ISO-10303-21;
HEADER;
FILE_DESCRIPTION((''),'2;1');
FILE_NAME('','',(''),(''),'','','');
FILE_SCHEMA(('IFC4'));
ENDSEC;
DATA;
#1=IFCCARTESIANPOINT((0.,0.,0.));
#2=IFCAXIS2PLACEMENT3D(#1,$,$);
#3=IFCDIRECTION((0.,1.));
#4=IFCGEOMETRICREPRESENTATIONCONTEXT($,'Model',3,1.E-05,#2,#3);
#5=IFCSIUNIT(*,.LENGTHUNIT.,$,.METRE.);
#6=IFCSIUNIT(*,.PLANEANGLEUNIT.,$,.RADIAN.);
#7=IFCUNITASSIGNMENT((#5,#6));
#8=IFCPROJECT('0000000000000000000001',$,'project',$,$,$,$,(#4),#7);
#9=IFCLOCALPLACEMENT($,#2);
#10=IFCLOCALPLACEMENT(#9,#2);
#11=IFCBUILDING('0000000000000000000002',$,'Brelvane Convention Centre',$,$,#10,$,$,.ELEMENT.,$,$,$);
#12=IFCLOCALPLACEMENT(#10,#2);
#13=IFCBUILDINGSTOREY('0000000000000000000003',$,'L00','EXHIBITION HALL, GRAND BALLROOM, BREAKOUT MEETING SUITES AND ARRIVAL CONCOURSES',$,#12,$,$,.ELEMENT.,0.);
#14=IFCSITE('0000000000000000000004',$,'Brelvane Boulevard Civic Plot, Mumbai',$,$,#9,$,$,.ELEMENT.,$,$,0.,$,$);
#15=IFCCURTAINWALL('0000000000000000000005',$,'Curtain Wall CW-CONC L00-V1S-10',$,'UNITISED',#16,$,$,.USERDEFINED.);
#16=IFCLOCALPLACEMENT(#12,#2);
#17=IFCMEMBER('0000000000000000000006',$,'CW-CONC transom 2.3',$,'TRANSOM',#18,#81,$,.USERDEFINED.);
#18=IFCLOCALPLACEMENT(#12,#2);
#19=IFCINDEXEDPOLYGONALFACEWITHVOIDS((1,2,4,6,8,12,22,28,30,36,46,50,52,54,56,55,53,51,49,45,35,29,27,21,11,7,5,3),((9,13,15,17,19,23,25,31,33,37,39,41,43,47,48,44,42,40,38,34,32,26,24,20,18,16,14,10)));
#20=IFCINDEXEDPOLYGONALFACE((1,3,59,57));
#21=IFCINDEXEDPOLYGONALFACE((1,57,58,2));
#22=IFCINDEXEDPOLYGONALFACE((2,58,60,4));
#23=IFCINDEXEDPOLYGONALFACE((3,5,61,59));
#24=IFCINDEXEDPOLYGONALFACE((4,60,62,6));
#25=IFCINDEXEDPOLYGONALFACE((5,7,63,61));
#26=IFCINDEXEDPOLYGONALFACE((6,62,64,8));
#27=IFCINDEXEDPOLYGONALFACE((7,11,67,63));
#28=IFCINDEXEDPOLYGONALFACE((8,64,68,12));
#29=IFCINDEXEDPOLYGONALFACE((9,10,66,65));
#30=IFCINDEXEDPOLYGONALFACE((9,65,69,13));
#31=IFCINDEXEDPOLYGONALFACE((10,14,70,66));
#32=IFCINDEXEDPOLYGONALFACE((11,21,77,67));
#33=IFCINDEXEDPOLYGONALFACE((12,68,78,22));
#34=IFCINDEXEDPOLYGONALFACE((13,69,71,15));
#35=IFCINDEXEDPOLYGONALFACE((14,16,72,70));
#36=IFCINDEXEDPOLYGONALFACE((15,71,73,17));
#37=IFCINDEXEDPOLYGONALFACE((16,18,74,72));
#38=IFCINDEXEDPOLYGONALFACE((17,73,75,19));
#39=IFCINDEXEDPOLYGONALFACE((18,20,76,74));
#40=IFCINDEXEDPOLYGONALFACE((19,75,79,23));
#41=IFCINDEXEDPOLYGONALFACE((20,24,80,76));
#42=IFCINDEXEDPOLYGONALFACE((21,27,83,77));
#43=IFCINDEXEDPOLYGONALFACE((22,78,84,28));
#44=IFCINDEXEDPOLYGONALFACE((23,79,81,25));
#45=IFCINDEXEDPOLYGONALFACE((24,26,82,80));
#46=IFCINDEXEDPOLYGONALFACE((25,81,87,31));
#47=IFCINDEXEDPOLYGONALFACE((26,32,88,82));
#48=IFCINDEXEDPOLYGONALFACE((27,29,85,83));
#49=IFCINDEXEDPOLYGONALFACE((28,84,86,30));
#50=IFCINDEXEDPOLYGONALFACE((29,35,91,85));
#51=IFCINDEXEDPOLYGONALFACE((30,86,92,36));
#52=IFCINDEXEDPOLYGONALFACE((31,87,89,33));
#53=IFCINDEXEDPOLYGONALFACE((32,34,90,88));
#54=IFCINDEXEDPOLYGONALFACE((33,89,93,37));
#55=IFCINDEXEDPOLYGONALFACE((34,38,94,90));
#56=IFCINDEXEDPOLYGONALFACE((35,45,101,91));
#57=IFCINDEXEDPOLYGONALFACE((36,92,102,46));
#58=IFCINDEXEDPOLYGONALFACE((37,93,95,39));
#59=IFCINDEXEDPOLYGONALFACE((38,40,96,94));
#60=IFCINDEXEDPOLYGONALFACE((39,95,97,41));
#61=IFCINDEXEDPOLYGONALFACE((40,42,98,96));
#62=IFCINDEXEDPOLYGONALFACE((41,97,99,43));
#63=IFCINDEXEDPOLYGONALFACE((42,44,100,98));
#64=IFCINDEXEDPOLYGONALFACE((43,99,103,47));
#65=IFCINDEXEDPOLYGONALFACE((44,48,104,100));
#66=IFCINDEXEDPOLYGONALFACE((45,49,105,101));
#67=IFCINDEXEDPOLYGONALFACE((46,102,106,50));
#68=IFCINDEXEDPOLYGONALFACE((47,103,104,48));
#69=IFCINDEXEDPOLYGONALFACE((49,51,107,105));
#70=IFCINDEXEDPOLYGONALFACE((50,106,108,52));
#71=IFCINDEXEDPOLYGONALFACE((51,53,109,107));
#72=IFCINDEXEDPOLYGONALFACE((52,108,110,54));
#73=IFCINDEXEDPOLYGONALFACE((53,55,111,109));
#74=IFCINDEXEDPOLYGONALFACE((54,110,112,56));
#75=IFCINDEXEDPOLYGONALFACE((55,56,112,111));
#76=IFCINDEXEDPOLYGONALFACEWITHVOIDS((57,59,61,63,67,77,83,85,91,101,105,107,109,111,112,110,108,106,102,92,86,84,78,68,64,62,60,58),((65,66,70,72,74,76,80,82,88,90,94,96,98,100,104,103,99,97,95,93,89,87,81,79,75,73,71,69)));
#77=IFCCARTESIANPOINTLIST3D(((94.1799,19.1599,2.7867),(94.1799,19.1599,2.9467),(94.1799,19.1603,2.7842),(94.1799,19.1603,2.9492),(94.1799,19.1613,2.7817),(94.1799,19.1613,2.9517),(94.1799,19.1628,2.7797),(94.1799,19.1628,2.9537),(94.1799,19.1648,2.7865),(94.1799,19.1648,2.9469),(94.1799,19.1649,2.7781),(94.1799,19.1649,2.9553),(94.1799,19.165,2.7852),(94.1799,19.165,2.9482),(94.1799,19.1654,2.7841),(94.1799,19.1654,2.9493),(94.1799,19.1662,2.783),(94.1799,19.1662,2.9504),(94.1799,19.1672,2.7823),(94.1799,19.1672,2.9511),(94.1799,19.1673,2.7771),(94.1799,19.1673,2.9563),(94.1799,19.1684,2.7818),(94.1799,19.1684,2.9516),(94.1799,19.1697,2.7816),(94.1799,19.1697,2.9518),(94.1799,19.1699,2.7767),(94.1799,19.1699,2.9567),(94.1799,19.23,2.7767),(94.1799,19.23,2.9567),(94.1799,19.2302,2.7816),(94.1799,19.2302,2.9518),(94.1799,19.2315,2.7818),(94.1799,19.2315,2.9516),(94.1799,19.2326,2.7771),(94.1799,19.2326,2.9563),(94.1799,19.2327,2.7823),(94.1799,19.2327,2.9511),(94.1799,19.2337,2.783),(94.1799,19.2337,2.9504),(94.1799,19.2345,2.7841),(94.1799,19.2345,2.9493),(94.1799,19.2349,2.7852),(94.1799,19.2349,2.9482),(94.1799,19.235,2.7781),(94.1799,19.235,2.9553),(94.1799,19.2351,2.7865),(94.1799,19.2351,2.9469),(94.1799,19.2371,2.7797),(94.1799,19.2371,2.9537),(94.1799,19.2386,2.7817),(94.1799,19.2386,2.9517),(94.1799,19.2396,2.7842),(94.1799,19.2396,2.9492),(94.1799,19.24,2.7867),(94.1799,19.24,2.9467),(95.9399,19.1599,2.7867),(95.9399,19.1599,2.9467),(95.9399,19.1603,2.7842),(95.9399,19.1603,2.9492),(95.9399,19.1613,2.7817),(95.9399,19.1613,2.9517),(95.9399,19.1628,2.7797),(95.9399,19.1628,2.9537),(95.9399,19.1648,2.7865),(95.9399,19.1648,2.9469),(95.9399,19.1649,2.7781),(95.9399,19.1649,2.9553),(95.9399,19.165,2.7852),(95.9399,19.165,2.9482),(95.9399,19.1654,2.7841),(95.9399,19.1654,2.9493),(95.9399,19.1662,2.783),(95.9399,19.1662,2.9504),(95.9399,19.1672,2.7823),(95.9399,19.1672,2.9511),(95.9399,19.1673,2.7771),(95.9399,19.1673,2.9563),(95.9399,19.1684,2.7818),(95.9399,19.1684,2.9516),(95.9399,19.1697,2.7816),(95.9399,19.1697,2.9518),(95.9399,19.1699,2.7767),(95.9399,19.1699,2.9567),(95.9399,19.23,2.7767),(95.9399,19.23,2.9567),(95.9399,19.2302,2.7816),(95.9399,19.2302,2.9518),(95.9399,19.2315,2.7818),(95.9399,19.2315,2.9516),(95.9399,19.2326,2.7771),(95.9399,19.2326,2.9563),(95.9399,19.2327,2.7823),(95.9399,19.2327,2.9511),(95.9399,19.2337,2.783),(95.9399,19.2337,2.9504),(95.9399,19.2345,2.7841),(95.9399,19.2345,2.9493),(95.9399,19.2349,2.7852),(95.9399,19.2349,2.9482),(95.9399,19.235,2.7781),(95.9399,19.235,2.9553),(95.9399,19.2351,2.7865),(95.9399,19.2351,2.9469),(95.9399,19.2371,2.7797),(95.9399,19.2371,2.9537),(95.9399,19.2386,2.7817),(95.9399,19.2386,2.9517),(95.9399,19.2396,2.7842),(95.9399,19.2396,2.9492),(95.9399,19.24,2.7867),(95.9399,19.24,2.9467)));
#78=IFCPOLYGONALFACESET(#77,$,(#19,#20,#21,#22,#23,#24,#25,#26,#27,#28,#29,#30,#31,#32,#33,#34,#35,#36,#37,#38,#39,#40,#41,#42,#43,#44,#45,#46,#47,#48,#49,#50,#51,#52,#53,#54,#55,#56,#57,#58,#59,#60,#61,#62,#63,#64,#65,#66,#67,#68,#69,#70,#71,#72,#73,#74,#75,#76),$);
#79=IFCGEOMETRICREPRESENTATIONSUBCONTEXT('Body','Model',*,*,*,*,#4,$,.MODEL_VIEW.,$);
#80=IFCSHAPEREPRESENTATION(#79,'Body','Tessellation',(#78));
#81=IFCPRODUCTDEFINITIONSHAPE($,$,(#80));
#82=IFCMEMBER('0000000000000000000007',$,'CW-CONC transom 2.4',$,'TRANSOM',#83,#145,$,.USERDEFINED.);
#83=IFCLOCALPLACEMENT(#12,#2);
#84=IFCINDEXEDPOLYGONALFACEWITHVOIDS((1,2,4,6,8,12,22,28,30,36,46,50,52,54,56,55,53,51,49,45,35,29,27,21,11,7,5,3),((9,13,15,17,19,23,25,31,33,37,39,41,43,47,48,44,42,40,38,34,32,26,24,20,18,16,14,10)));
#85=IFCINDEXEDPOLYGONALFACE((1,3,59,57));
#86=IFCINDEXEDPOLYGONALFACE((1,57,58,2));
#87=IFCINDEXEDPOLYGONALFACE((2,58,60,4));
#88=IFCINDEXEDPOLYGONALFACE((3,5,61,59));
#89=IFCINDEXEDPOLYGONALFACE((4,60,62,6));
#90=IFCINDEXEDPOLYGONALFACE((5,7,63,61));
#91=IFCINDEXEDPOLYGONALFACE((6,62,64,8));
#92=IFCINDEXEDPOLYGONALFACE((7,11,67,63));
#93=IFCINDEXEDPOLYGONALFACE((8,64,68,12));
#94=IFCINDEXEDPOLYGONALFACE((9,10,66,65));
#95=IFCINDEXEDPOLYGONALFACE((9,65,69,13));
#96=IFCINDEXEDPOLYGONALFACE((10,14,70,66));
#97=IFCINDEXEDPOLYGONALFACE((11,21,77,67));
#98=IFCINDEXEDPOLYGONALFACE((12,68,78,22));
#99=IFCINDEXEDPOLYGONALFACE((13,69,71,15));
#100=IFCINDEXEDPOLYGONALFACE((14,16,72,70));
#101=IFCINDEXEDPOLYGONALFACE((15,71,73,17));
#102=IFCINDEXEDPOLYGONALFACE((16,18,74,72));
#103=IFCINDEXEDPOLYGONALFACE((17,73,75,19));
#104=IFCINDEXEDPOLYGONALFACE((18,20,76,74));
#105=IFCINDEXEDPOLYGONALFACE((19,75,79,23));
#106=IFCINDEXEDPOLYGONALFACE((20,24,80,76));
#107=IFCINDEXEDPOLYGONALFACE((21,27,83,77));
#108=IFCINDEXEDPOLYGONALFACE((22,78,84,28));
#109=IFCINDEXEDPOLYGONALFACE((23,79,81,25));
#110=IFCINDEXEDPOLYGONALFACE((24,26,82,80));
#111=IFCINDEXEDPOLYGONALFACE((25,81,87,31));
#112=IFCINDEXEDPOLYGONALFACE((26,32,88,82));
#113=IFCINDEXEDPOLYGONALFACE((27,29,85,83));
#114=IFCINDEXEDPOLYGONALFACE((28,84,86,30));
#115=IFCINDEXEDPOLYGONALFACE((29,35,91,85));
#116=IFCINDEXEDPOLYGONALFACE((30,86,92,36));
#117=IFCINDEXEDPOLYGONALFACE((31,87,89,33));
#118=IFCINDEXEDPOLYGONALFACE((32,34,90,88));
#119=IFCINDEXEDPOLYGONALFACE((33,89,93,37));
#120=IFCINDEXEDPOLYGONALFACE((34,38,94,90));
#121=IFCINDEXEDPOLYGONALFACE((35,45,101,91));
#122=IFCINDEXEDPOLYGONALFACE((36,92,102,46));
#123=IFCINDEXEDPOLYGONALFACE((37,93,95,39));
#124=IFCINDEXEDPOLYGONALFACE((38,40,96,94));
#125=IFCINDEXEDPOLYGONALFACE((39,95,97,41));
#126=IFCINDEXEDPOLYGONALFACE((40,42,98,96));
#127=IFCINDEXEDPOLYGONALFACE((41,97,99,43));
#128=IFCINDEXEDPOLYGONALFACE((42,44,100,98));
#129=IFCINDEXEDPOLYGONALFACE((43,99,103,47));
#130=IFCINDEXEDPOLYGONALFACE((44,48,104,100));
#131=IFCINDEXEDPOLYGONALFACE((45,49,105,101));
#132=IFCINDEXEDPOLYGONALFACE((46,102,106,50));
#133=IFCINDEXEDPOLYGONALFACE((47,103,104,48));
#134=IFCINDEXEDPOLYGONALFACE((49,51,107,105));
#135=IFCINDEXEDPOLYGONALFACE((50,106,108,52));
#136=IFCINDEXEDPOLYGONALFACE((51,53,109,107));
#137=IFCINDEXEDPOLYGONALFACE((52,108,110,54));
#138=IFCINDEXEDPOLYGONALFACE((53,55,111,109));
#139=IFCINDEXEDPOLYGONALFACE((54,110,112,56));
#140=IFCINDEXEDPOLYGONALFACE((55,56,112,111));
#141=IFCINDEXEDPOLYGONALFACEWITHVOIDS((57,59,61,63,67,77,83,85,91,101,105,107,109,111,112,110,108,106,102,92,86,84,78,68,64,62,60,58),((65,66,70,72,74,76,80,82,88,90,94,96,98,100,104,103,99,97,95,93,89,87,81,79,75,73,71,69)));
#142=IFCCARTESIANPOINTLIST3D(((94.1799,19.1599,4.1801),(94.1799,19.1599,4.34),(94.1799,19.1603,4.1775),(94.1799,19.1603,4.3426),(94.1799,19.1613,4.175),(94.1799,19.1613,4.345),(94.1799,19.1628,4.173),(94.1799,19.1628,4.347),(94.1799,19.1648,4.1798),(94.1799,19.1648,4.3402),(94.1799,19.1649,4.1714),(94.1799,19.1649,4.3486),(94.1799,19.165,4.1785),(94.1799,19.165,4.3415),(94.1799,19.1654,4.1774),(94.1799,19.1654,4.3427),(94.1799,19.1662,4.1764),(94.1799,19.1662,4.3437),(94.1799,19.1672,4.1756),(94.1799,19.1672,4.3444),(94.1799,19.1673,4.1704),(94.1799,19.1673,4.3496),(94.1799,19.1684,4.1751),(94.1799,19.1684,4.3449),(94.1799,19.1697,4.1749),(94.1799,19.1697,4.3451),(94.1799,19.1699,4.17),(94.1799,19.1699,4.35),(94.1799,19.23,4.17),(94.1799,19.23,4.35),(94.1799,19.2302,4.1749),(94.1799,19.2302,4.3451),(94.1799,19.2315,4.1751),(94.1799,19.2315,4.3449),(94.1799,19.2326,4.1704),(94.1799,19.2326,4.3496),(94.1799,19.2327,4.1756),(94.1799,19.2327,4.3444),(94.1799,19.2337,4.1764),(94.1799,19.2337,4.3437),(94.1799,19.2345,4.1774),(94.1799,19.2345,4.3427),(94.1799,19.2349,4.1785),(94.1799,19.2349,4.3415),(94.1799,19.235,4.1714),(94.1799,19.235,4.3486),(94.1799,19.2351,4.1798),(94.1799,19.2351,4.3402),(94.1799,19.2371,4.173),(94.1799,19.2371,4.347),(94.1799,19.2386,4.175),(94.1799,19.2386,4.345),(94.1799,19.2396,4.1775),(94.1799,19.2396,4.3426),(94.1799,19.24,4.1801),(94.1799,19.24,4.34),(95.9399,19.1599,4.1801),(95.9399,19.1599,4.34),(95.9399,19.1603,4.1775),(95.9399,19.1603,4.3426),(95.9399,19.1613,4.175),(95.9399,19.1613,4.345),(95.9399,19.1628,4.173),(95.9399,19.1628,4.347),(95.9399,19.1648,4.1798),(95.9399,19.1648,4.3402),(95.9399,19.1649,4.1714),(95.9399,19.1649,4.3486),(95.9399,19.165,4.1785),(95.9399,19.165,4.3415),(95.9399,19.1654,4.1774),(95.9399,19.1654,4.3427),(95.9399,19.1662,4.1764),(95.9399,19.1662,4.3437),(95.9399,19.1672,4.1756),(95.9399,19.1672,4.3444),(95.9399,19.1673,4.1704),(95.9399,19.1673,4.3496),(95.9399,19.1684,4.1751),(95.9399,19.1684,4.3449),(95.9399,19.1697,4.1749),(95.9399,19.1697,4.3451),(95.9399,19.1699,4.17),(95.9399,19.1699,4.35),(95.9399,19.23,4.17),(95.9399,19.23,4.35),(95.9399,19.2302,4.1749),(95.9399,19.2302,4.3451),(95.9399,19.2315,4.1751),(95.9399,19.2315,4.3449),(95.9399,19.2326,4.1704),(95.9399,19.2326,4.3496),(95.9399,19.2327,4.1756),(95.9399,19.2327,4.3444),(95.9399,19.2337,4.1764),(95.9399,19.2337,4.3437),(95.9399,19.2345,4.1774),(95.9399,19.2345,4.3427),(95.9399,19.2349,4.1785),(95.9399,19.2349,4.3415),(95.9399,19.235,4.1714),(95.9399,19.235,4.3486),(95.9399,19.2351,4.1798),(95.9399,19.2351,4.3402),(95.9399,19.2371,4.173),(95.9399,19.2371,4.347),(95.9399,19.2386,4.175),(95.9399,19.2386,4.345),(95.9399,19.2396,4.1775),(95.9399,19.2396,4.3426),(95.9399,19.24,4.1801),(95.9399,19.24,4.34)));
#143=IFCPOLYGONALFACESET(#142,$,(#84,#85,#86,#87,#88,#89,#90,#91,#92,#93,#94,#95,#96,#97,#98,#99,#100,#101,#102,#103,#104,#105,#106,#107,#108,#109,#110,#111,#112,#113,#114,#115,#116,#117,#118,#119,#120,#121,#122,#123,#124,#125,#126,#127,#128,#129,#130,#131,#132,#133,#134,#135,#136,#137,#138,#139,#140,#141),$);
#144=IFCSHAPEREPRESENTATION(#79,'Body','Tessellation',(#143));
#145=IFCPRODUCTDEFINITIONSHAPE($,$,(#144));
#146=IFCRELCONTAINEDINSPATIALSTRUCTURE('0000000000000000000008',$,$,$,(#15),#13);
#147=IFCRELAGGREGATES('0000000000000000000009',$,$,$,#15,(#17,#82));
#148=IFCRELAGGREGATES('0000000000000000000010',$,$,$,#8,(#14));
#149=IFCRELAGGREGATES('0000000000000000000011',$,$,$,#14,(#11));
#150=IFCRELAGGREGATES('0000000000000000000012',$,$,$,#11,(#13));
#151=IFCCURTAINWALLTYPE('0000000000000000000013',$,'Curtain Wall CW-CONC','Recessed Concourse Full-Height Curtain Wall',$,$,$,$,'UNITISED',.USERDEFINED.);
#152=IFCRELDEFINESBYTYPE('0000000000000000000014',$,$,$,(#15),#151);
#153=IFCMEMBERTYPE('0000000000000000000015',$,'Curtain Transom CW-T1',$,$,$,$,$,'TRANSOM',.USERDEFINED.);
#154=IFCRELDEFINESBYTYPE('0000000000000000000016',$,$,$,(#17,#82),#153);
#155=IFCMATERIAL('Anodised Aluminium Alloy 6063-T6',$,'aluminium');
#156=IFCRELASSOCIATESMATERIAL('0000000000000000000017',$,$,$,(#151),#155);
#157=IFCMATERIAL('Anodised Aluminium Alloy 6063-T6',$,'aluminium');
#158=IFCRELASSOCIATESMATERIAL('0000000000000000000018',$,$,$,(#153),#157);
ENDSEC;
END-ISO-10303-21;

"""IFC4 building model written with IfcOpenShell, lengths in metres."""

from ifc_helpers import new_model, si_unit, direction, frame, origin, origin_2d, place, context, subcontext, project, spatial, hollow_rectangle, extrude, material, material_profile, profile_set, type_object, element, aggregate, save


model = new_model("IFC4")

# Units and contexts
model_context = context("Model", 3, precision=1e-05, world=origin(), true_north=direction((0.0, 1.0)))
body_context = subcontext(model_context, "Body", "Model", "MODEL_VIEW")
ifc_project = project(units=[si_unit("LENGTHUNIT", "METRE"), si_unit("PLANEANGLEUNIT", "RADIAN")], contexts=[model_context])

# Site, building, storey
site_placement = place(None, origin())
site = spatial("IfcSite", under=ifc_project, at=site_placement, Name="Brelvane Boulevard Civic Plot, Mumbai", CompositionType="ELEMENT", RefElevation=0.0)
building_placement = place(site_placement, origin())
building = spatial("IfcBuilding", under=site, at=building_placement, Name="Brelvane Convention Centre", CompositionType="ELEMENT")
storey_placement = place(building_placement, origin())
storey = spatial("IfcBuildingStorey", under=building, at=storey_placement, Name="L00", Description="EXHIBITION HALL, GRAND BALLROOM, BREAKOUT MEETING SUITES AND ARRIVAL CONCOURSES", CompositionType="ELEMENT", Elevation=0.0)

# Curtain wall, members
ifc_material_1 = material(Name="Anodised Aluminium Alloy 6063-T6", Category="aluminium")
curtain_wall_type = type_object("IfcCurtainWallType", Name="Curtain Wall CW-CONC", Description="Recessed Concourse Full-Height Curtain Wall", ElementType="UNITISED", PredefinedType="USERDEFINED", material=ifc_material_1)
curtain_wall_placement = place(storey_placement, origin())
curtain_wall = element("IfcCurtainWall", 1, at=curtain_wall_placement, inside=storey, type_object=curtain_wall_type, Name="Curtain Wall CW-CONC L00-V1S-10", ObjectType="UNITISED", PredefinedType="USERDEFINED")
ifc_material_2 = material(Name="Anodised Aluminium Alloy 6063-T6", Category="aluminium")
ifc_material_profile_1 = material_profile(ifc_material_2, hollow_rectangle(XDim=0.0801, YDim=0.1799, WallThickness=0.0049, InnerFilletRadius=0.0049, OuterFilletRadius=0.01, at=origin_2d()), Name="ALU-T 180x80x5.0")
ifc_profile_set_1 = profile_set([ifc_material_profile_1], Name="Anodised Aluminium Alloy 6063-T6")
member_type_1 = type_object("IfcMemberType", Name="Curtain Transom CW-T1", ElementType="TRANSOM", PredefinedType="USERDEFINED", material=ifc_profile_set_1)
member_1_placement = place(storey_placement, frame((94.1799, 19.2, 2.8667), z_axis=(1.0, 0.0, 0.0), x_axis=(0.0, 1.0, 0.0)))
member_1 = element("IfcMember", 2, at=member_1_placement, type_object=member_type_1, Name="CW-CONC transom 2.3", ObjectType="TRANSOM", PredefinedType="USERDEFINED", context=body_context, shape_type="SweptSolid", body=[
    extrude(hollow_rectangle(XDim=0.0801, YDim=0.1799, WallThickness=0.0049, InnerFilletRadius=0.0049, OuterFilletRadius=0.01, at=origin_2d()), origin(), (0.0, 0.0, 1.0), 1.76),
])
member_2_placement = place(storey_placement, frame((94.1799, 19.2, 4.26), z_axis=(1.0, 0.0, 0.0), x_axis=(0.0, 1.0, 0.0)))
member_2 = element("IfcMember", 3, at=member_2_placement, type_object=member_type_1, Name="CW-CONC transom 2.4", ObjectType="TRANSOM", PredefinedType="USERDEFINED", context=body_context, shape_type="SweptSolid", body=[
    extrude(hollow_rectangle(XDim=0.0801, YDim=0.1799, WallThickness=0.0049, InnerFilletRadius=0.0049, OuterFilletRadius=0.01, at=origin_2d()), origin(), (0.0, 0.0, 1.0), 1.76),
])

aggregate(curtain_wall, [member_1, member_2])

save(model, "model.ifc")
